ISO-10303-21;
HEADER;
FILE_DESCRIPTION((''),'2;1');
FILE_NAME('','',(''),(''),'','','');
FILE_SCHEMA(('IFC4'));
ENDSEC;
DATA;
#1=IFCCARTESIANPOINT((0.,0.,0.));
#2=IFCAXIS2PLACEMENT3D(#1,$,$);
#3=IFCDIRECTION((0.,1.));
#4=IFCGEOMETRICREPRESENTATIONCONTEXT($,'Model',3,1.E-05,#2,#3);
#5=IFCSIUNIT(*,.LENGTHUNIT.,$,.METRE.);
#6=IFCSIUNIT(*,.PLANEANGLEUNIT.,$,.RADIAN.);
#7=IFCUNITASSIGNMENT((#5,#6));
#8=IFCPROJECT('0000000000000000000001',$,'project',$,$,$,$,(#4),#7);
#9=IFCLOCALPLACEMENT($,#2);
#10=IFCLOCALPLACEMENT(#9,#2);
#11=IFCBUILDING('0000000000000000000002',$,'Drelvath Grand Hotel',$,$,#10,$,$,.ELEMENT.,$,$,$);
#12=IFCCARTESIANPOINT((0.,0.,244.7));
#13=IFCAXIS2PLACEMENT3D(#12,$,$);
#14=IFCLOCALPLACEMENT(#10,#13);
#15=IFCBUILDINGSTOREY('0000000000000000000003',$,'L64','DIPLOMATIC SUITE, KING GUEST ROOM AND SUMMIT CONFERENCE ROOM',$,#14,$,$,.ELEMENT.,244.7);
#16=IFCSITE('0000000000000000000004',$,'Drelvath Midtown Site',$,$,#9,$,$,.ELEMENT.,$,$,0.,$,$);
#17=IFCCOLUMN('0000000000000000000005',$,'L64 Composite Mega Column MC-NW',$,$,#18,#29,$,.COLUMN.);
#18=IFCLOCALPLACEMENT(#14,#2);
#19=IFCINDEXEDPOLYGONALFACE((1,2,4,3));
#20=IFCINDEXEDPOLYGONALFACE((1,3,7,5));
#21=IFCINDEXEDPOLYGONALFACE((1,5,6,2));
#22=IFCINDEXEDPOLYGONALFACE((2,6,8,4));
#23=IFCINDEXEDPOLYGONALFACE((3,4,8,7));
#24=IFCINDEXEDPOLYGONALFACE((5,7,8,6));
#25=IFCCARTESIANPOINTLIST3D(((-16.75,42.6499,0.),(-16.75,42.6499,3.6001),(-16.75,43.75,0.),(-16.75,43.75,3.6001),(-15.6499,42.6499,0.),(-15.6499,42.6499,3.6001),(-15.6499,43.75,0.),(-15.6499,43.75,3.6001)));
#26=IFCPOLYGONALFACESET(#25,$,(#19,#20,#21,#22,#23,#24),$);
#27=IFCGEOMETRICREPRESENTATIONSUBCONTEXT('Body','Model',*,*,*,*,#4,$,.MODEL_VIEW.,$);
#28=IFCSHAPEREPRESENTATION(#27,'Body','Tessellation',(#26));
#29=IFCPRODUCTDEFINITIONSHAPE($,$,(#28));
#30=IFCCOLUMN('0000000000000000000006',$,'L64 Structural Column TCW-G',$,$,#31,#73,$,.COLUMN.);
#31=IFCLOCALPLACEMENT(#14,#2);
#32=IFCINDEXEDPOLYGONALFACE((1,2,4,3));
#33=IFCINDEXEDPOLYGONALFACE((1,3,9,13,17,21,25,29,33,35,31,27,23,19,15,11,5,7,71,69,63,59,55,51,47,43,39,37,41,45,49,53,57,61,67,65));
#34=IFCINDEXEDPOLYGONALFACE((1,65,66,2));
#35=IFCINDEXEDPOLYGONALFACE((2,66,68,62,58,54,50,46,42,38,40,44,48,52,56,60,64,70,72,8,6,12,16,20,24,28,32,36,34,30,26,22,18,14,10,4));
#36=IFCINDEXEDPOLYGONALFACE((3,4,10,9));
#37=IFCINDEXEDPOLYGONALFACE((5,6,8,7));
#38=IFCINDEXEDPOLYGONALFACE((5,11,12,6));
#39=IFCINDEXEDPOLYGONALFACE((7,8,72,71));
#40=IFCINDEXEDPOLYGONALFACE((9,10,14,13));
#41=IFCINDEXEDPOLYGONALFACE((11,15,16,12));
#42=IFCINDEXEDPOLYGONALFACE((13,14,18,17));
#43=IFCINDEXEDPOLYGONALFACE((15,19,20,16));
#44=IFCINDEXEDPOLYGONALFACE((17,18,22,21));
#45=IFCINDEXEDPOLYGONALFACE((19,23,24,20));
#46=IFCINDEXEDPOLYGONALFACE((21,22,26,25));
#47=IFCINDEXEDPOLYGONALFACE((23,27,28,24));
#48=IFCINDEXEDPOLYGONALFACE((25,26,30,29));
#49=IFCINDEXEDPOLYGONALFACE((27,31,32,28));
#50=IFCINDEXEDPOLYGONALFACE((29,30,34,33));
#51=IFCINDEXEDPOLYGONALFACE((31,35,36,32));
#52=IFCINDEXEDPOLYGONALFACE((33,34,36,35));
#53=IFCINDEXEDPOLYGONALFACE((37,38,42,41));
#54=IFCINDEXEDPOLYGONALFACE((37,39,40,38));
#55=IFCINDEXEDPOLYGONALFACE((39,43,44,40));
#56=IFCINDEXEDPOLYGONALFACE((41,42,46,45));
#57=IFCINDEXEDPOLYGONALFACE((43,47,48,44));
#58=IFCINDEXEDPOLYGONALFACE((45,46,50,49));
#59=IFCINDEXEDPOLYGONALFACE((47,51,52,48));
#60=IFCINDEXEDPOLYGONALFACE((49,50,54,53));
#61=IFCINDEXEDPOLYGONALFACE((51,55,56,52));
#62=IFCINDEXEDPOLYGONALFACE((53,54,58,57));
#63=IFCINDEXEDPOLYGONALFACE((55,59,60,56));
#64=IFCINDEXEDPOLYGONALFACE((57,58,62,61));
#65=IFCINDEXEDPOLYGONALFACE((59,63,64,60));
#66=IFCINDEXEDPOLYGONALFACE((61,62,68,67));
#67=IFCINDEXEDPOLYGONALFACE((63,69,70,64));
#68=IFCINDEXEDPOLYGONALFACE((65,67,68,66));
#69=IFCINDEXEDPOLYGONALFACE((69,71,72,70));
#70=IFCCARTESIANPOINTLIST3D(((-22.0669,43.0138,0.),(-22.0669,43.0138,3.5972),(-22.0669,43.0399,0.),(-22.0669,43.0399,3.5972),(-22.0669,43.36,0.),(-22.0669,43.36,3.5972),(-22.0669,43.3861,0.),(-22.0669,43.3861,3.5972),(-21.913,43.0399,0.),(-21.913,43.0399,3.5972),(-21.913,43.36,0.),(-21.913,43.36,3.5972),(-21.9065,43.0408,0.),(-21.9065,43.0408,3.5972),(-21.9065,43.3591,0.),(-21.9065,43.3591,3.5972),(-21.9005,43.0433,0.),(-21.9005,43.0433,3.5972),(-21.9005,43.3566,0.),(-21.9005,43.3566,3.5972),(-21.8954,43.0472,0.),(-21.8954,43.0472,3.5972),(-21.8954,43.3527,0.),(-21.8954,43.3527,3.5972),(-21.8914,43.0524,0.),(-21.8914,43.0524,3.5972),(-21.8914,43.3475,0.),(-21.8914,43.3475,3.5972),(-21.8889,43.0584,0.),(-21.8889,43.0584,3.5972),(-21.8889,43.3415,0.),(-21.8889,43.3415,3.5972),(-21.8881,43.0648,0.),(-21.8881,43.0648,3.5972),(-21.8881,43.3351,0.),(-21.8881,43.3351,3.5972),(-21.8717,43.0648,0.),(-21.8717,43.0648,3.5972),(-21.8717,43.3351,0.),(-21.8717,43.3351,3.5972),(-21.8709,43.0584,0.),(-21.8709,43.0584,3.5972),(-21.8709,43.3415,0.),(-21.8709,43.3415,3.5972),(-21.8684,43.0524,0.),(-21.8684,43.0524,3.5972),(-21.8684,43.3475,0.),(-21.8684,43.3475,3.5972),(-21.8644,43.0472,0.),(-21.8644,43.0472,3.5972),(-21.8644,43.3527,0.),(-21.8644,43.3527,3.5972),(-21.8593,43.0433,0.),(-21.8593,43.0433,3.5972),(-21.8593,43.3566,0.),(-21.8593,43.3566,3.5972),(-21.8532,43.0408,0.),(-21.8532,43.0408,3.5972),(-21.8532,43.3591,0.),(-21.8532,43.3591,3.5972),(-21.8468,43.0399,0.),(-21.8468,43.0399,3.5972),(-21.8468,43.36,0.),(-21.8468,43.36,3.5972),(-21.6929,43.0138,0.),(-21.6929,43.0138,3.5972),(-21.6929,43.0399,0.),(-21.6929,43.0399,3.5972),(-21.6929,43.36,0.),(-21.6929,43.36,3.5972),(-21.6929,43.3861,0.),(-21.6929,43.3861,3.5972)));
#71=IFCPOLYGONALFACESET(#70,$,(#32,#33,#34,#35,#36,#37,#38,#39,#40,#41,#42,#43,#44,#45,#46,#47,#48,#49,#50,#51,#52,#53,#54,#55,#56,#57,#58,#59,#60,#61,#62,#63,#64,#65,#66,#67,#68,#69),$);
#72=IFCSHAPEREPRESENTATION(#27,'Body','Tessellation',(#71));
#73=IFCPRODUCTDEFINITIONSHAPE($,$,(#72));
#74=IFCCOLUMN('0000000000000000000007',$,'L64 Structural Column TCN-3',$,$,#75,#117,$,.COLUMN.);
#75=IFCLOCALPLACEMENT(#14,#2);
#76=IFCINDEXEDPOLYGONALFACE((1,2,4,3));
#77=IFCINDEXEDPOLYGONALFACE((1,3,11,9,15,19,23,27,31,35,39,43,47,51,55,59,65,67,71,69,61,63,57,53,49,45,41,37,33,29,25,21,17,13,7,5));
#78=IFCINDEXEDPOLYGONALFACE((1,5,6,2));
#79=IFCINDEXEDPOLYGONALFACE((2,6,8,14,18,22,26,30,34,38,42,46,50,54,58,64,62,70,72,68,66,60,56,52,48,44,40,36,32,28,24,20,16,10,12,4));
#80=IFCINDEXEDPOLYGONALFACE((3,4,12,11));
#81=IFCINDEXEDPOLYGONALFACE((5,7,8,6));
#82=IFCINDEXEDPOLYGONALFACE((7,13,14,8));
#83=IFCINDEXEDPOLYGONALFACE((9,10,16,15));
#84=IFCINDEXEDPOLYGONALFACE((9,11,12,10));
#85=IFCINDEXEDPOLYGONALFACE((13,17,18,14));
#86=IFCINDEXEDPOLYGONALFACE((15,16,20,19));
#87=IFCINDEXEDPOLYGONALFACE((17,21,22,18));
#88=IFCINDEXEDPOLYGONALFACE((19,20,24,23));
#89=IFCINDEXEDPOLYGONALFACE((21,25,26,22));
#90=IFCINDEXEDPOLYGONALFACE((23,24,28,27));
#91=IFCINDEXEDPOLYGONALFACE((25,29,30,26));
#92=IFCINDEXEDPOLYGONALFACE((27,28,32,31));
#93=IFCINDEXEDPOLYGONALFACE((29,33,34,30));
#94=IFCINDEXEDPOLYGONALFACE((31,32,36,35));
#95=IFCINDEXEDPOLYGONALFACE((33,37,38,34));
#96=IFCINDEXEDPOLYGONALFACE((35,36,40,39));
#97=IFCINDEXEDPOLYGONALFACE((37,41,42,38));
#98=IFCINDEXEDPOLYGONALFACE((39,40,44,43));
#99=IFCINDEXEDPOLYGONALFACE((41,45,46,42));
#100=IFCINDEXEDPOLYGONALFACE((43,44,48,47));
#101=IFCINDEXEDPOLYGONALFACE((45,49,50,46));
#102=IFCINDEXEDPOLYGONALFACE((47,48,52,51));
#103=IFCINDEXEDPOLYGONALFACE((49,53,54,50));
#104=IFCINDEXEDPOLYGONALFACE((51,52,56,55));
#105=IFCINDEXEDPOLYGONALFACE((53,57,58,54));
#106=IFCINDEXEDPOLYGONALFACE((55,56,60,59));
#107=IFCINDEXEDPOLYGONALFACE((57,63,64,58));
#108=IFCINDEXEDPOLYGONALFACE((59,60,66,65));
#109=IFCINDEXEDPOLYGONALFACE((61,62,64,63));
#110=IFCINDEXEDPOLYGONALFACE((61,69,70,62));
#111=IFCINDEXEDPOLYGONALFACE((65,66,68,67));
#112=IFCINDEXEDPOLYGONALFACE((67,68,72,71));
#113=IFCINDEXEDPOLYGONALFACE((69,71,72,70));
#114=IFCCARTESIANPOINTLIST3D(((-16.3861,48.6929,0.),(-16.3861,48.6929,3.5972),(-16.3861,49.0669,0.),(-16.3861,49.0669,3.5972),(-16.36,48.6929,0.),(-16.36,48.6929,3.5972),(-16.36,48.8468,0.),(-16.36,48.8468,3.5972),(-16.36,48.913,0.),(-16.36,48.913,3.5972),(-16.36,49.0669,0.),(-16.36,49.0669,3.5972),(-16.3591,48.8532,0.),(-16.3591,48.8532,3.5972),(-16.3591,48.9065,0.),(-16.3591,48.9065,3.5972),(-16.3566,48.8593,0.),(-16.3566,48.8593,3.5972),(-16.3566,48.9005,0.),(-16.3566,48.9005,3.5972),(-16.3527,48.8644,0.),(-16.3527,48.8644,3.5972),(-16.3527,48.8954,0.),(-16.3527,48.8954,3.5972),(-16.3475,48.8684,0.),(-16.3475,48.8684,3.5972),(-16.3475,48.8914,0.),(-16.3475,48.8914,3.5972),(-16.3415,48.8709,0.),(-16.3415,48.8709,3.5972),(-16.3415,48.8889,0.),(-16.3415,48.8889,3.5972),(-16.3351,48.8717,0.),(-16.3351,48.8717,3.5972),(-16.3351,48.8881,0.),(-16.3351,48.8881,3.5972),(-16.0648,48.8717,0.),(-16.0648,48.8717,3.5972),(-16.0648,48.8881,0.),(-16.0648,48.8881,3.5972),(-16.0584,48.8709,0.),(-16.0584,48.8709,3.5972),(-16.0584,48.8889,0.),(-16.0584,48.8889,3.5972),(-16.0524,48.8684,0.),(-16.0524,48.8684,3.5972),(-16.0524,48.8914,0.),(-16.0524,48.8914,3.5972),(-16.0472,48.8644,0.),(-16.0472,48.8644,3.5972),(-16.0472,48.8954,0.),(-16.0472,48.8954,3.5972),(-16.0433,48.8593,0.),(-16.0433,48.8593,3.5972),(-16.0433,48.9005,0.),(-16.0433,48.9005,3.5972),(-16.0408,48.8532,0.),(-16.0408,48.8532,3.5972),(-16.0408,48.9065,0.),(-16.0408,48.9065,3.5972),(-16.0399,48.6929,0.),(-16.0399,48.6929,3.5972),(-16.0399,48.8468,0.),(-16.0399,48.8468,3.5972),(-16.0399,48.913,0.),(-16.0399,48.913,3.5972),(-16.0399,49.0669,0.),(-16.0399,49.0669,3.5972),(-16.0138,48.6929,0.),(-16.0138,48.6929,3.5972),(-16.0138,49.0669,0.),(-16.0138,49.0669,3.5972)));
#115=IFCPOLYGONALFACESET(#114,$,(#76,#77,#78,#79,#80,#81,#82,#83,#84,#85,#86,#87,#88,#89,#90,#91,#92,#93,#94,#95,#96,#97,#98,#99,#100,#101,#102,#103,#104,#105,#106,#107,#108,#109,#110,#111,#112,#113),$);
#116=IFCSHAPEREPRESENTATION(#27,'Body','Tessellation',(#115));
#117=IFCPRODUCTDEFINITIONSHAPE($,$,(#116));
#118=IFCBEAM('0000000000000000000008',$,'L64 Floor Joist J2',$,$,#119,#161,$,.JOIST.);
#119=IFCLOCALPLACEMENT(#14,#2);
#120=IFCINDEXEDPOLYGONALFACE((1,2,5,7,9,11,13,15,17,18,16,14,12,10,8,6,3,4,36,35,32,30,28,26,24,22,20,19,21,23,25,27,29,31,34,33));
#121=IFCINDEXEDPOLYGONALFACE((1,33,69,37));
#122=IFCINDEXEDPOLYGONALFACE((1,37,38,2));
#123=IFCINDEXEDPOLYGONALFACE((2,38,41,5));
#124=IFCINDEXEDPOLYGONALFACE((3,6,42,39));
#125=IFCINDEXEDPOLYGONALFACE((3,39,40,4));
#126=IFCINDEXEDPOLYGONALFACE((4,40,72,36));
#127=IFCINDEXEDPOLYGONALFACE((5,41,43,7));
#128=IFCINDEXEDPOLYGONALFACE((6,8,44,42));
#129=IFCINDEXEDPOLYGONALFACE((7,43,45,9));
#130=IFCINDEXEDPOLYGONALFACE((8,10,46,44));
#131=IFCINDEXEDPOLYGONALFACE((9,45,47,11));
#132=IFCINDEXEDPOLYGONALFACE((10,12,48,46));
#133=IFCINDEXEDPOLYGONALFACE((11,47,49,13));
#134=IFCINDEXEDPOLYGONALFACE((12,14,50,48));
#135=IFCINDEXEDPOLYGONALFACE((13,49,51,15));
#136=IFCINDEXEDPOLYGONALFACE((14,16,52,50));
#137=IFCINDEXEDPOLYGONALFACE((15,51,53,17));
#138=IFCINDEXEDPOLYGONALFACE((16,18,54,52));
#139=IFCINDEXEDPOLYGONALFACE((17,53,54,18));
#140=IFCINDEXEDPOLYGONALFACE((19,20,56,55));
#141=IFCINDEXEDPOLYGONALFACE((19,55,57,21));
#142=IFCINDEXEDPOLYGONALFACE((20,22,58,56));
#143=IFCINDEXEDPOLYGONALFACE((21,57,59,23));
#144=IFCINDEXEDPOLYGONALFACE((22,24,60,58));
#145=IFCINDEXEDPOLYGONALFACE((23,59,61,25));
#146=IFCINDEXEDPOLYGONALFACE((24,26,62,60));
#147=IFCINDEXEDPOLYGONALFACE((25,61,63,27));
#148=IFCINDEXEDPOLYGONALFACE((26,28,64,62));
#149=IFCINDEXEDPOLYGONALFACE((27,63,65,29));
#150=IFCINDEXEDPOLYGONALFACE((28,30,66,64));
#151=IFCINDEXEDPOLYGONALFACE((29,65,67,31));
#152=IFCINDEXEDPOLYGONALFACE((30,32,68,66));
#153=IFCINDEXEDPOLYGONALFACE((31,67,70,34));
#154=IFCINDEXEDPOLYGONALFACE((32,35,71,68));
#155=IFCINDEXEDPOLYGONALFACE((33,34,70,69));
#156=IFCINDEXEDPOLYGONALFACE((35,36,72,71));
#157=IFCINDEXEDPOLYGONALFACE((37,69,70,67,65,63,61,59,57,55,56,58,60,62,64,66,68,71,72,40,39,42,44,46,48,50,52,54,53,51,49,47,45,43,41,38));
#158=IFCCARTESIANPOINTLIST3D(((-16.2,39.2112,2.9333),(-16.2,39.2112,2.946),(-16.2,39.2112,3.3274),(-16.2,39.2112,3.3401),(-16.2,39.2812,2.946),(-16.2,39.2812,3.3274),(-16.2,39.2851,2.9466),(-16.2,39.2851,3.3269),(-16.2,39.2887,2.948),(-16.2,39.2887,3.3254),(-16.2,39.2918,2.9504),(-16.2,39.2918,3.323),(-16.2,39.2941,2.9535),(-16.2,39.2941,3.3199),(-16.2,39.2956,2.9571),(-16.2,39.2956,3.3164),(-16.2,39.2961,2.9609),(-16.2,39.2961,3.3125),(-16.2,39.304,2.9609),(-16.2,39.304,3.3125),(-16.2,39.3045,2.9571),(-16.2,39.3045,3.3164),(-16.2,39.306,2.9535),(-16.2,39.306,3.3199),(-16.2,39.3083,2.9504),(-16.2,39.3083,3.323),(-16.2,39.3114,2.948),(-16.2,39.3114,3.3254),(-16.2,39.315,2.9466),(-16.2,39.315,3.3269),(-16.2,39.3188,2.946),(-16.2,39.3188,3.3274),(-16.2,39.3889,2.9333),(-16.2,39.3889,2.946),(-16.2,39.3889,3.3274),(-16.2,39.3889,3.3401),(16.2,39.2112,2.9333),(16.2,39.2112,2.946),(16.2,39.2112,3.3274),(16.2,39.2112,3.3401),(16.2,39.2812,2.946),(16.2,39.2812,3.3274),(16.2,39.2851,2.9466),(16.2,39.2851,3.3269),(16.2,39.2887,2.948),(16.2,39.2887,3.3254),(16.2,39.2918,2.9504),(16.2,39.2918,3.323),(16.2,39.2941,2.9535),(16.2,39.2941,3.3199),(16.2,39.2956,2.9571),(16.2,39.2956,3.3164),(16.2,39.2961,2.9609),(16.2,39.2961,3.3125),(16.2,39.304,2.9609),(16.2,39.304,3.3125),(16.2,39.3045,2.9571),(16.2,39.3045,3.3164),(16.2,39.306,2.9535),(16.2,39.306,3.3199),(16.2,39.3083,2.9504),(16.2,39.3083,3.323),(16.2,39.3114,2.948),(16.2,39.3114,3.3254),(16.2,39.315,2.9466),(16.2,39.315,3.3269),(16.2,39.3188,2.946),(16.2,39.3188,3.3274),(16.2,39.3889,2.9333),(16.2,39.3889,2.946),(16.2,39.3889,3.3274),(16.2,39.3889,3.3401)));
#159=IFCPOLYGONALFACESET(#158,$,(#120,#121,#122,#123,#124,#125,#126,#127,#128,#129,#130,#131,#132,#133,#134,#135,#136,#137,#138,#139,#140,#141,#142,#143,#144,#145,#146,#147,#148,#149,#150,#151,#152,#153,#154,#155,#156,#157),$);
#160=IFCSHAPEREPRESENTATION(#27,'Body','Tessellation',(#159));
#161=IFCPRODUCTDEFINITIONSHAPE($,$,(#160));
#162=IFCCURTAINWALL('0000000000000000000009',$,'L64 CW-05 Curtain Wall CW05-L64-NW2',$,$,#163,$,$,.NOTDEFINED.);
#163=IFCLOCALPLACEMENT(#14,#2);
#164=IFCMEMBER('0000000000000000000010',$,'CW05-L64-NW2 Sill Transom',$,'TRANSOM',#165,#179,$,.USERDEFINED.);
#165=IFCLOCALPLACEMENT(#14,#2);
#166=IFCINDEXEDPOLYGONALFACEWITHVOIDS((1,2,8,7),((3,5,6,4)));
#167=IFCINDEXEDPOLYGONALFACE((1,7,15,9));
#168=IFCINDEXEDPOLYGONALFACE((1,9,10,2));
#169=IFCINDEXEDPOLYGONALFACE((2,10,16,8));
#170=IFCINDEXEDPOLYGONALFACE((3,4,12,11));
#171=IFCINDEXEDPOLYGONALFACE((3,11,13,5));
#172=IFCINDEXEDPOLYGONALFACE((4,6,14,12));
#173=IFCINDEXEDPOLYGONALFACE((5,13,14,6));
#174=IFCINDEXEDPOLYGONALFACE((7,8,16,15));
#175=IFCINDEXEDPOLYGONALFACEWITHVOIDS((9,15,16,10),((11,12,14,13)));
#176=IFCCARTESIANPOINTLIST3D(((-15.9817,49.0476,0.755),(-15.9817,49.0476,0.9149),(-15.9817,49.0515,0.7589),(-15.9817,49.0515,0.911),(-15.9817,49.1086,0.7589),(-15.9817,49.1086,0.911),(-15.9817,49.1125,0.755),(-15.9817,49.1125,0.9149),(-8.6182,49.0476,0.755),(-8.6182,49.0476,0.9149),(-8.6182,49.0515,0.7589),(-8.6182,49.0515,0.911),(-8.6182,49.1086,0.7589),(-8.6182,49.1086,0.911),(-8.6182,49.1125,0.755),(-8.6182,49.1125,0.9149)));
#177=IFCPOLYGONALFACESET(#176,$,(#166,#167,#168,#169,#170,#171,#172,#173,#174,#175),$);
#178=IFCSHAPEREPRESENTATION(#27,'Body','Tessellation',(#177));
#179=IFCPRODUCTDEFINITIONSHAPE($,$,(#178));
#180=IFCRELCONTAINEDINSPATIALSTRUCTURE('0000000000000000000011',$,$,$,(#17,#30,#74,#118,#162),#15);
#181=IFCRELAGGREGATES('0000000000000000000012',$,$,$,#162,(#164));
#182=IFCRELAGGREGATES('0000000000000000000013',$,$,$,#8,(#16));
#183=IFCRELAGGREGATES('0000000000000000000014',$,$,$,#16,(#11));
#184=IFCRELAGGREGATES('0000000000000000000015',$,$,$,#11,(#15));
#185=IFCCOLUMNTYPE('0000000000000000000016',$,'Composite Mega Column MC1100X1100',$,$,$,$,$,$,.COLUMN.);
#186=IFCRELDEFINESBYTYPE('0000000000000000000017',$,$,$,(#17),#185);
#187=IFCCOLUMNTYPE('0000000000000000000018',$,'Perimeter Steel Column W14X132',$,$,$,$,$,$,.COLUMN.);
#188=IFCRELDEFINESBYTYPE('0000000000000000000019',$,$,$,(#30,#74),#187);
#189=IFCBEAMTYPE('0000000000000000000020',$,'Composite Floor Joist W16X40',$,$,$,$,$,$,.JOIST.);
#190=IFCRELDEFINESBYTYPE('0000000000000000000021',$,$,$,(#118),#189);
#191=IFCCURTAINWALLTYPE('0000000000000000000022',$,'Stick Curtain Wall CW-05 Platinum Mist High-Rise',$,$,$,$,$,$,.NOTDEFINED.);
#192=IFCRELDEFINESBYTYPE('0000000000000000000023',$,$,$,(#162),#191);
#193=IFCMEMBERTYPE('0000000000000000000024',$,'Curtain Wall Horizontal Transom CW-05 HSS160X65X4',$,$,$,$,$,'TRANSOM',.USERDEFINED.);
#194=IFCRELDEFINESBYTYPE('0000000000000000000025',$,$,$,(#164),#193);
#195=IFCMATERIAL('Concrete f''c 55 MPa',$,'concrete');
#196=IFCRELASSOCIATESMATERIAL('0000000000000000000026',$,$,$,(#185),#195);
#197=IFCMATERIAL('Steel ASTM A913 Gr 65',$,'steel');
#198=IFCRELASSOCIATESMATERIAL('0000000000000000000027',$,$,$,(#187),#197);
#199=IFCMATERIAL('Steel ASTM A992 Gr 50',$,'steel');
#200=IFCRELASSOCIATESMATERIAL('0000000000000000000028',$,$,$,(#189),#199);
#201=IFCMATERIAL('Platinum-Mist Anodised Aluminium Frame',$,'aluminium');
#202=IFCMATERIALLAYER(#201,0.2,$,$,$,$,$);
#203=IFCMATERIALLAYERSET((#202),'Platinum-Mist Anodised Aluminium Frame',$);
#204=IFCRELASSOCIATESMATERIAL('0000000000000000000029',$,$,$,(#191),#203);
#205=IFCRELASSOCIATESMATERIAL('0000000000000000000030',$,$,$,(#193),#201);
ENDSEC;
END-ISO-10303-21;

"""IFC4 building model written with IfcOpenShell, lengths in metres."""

from ifc_helpers import new_model, si_unit, direction, frame, origin, origin_2d, place, context, subcontext, project, spatial, rectangle, hollow_rectangle, i_section, extrude, material, layer, layer_set, material_profile, profile_set, type_object, element, aggregate, save


model = new_model("IFC4")

# Units and contexts
model_context = context("Model", 3, precision=1e-05, world=origin(), true_north=direction((0.0, 1.0)))
body_context = subcontext(model_context, "Body", "Model", "MODEL_VIEW")
ifc_project = project(units=[si_unit("LENGTHUNIT", "METRE"), si_unit("PLANEANGLEUNIT", "RADIAN")], contexts=[model_context])

# Site, building, storey
site_placement = place(None, origin())
site = spatial("IfcSite", under=ifc_project, at=site_placement, Name="Drelvath Midtown Site", CompositionType="ELEMENT", RefElevation=0.0)
building_placement = place(site_placement, origin())
building = spatial("IfcBuilding", under=site, at=building_placement, Name="Drelvath Grand Hotel", CompositionType="ELEMENT")
storey_placement = place(building_placement, frame((0.0, 0.0, 244.7)))
storey = spatial("IfcBuildingStorey", under=building, at=storey_placement, Name="L64", Description="DIPLOMATIC SUITE, KING GUEST ROOM AND SUMMIT CONFERENCE ROOM", CompositionType="ELEMENT", Elevation=244.7)

# Columns
ifc_material_1 = material(Name="Concrete f'c 55 MPa", Category="concrete")
ifc_material_profile_1 = material_profile(ifc_material_1, rectangle(XDim=1.1001, YDim=1.1001, at=origin_2d()), Name="MC1100X1100")
ifc_profile_set_1 = profile_set([ifc_material_profile_1], Name="Concrete f'c 55 MPa")
column_type_1 = type_object("IfcColumnType", Name="Composite Mega Column MC1100X1100", PredefinedType="COLUMN", material=ifc_profile_set_1)
column_placement = place(storey_placement, frame((-16.2, 43.2, 0.0), z_axis=(0.0, 0.0, 1.0), x_axis=(1.0, 0.0, 0.0)))
element("IfcColumn", 1, at=column_placement, inside=storey, type_object=column_type_1, Name="L64 Composite Mega Column MC-NW", PredefinedType="COLUMN", context=body_context, shape_type="SweptSolid", body=[
    extrude(rectangle(XDim=1.1001, YDim=1.1001, at=origin_2d()), origin(), (0.0, 0.0, 1.0), 3.6001),
])
ifc_material_2 = material(Name="Steel ASTM A913 Gr 65", Category="steel")
ifc_material_profile_2 = material_profile(ifc_material_2, i_section(OverallWidth=0.374, OverallDepth=0.3723, WebThickness=0.0164, FlangeThickness=0.0261, FilletRadius=0.0249, at=origin_2d()), Name="W14X132")
ifc_profile_set_2 = profile_set([ifc_material_profile_2], Name="Steel ASTM A913 Gr 65")
column_type_2 = type_object("IfcColumnType", Name="Perimeter Steel Column W14X132", PredefinedType="COLUMN", material=ifc_profile_set_2)
for number, where, z_axis, x_axis, name in (
    (2, (-21.8799, 43.2, 0.0), (0.0, 0.0, 1.0), (1.0, 0.0, 0.0), "L64 Structural Column TCW-G"),
    (3, (-16.2, 48.8799, 0.0), (0.0, 0.0, 1.0), (0.0, 1.0, 0.0), "L64 Structural Column TCN-3"),
):
    element("IfcColumn", number, at=place(storey_placement, frame(where, z_axis=z_axis, x_axis=x_axis)), inside=storey, type_object=column_type_2, Name=name, PredefinedType="COLUMN", context=body_context, shape_type="SweptSolid", body=[
        extrude(i_section(OverallWidth=0.374, OverallDepth=0.3723, WebThickness=0.0164, FlangeThickness=0.0261, FilletRadius=0.0249, at=origin_2d()), origin(), (0.0, 0.0, 1.0), 3.5972),
    ])

# Beam
ifc_material_3 = material(Name="Steel ASTM A992 Gr 50", Category="steel")
ifc_material_profile_3 = material_profile(ifc_material_3, i_section(OverallWidth=0.1777, OverallDepth=0.4067, WebThickness=0.0078, FlangeThickness=0.0127, FilletRadius=0.0149, at=origin_2d()), Name="W16X40")
ifc_profile_set_3 = profile_set([ifc_material_profile_3], Name="Steel ASTM A992 Gr 50")
beam_type_1 = type_object("IfcBeamType", Name="Composite Floor Joist W16X40", PredefinedType="JOIST", material=ifc_profile_set_3)
beam_1_placement = place(storey_placement, frame((-16.2, 39.3, 3.1367), z_axis=(1.0, 0.0, 0.0), x_axis=(0.0, 1.0, 0.0)))
element("IfcBeam", 4, at=beam_1_placement, inside=storey, type_object=beam_type_1, Name="L64 Floor Joist J2", PredefinedType="JOIST", context=body_context, shape_type="SweptSolid", body=[
    extrude(i_section(OverallWidth=0.1777, OverallDepth=0.4067, WebThickness=0.0078, FlangeThickness=0.0127, FilletRadius=0.0149, at=origin_2d()), origin(), (0.0, 0.0, 1.0), 32.3999),
])

# Curtain wall, member
ifc_material_4 = material(Name="Platinum-Mist Anodised Aluminium Frame", Category="aluminium")
ifc_layer_1 = layer(ifc_material_4, 0.2)
ifc_layer_set_1 = layer_set([ifc_layer_1], Name="Platinum-Mist Anodised Aluminium Frame")
curtain_wall_type = type_object("IfcCurtainWallType", Name="Stick Curtain Wall CW-05 Platinum Mist High-Rise", PredefinedType="NOTDEFINED", material=ifc_layer_set_1)
curtain_wall_1_placement = place(storey_placement, origin())
curtain_wall_1 = element("IfcCurtainWall", 5, at=curtain_wall_1_placement, inside=storey, type_object=curtain_wall_type, Name="L64 CW-05 Curtain Wall CW05-L64-NW2", PredefinedType="NOTDEFINED")
ifc_material_profile_4 = material_profile(ifc_material_4, hollow_rectangle(XDim=0.0649, YDim=0.1599, WallThickness=0.0039, at=origin_2d()), Name="HSS160X65X4")
ifc_profile_set_4 = profile_set([ifc_material_profile_4], Name="Platinum-Mist Anodised Aluminium Frame")
member_type_1 = type_object("IfcMemberType", Name="Curtain Wall Horizontal Transom CW-05 HSS160X65X4", ElementType="TRANSOM", PredefinedType="USERDEFINED", material=ifc_profile_set_4)
member_1_placement = place(storey_placement, frame((-15.9817, 49.0801, 0.835), z_axis=(1.0, 0.0, 0.0), x_axis=(0.0, 1.0, 0.0)))
member_1 = element("IfcMember", 6, at=member_1_placement, type_object=member_type_1, Name="CW05-L64-NW2 Sill Transom", ObjectType="TRANSOM", PredefinedType="USERDEFINED", context=body_context, shape_type="SweptSolid", body=[
    extrude(hollow_rectangle(XDim=0.0649, YDim=0.1599, WallThickness=0.0039, at=origin_2d()), origin(), (0.0, 0.0, 1.0), 7.3635),
])

aggregate(curtain_wall_1, [member_1])

save(model, "model.ifc")
